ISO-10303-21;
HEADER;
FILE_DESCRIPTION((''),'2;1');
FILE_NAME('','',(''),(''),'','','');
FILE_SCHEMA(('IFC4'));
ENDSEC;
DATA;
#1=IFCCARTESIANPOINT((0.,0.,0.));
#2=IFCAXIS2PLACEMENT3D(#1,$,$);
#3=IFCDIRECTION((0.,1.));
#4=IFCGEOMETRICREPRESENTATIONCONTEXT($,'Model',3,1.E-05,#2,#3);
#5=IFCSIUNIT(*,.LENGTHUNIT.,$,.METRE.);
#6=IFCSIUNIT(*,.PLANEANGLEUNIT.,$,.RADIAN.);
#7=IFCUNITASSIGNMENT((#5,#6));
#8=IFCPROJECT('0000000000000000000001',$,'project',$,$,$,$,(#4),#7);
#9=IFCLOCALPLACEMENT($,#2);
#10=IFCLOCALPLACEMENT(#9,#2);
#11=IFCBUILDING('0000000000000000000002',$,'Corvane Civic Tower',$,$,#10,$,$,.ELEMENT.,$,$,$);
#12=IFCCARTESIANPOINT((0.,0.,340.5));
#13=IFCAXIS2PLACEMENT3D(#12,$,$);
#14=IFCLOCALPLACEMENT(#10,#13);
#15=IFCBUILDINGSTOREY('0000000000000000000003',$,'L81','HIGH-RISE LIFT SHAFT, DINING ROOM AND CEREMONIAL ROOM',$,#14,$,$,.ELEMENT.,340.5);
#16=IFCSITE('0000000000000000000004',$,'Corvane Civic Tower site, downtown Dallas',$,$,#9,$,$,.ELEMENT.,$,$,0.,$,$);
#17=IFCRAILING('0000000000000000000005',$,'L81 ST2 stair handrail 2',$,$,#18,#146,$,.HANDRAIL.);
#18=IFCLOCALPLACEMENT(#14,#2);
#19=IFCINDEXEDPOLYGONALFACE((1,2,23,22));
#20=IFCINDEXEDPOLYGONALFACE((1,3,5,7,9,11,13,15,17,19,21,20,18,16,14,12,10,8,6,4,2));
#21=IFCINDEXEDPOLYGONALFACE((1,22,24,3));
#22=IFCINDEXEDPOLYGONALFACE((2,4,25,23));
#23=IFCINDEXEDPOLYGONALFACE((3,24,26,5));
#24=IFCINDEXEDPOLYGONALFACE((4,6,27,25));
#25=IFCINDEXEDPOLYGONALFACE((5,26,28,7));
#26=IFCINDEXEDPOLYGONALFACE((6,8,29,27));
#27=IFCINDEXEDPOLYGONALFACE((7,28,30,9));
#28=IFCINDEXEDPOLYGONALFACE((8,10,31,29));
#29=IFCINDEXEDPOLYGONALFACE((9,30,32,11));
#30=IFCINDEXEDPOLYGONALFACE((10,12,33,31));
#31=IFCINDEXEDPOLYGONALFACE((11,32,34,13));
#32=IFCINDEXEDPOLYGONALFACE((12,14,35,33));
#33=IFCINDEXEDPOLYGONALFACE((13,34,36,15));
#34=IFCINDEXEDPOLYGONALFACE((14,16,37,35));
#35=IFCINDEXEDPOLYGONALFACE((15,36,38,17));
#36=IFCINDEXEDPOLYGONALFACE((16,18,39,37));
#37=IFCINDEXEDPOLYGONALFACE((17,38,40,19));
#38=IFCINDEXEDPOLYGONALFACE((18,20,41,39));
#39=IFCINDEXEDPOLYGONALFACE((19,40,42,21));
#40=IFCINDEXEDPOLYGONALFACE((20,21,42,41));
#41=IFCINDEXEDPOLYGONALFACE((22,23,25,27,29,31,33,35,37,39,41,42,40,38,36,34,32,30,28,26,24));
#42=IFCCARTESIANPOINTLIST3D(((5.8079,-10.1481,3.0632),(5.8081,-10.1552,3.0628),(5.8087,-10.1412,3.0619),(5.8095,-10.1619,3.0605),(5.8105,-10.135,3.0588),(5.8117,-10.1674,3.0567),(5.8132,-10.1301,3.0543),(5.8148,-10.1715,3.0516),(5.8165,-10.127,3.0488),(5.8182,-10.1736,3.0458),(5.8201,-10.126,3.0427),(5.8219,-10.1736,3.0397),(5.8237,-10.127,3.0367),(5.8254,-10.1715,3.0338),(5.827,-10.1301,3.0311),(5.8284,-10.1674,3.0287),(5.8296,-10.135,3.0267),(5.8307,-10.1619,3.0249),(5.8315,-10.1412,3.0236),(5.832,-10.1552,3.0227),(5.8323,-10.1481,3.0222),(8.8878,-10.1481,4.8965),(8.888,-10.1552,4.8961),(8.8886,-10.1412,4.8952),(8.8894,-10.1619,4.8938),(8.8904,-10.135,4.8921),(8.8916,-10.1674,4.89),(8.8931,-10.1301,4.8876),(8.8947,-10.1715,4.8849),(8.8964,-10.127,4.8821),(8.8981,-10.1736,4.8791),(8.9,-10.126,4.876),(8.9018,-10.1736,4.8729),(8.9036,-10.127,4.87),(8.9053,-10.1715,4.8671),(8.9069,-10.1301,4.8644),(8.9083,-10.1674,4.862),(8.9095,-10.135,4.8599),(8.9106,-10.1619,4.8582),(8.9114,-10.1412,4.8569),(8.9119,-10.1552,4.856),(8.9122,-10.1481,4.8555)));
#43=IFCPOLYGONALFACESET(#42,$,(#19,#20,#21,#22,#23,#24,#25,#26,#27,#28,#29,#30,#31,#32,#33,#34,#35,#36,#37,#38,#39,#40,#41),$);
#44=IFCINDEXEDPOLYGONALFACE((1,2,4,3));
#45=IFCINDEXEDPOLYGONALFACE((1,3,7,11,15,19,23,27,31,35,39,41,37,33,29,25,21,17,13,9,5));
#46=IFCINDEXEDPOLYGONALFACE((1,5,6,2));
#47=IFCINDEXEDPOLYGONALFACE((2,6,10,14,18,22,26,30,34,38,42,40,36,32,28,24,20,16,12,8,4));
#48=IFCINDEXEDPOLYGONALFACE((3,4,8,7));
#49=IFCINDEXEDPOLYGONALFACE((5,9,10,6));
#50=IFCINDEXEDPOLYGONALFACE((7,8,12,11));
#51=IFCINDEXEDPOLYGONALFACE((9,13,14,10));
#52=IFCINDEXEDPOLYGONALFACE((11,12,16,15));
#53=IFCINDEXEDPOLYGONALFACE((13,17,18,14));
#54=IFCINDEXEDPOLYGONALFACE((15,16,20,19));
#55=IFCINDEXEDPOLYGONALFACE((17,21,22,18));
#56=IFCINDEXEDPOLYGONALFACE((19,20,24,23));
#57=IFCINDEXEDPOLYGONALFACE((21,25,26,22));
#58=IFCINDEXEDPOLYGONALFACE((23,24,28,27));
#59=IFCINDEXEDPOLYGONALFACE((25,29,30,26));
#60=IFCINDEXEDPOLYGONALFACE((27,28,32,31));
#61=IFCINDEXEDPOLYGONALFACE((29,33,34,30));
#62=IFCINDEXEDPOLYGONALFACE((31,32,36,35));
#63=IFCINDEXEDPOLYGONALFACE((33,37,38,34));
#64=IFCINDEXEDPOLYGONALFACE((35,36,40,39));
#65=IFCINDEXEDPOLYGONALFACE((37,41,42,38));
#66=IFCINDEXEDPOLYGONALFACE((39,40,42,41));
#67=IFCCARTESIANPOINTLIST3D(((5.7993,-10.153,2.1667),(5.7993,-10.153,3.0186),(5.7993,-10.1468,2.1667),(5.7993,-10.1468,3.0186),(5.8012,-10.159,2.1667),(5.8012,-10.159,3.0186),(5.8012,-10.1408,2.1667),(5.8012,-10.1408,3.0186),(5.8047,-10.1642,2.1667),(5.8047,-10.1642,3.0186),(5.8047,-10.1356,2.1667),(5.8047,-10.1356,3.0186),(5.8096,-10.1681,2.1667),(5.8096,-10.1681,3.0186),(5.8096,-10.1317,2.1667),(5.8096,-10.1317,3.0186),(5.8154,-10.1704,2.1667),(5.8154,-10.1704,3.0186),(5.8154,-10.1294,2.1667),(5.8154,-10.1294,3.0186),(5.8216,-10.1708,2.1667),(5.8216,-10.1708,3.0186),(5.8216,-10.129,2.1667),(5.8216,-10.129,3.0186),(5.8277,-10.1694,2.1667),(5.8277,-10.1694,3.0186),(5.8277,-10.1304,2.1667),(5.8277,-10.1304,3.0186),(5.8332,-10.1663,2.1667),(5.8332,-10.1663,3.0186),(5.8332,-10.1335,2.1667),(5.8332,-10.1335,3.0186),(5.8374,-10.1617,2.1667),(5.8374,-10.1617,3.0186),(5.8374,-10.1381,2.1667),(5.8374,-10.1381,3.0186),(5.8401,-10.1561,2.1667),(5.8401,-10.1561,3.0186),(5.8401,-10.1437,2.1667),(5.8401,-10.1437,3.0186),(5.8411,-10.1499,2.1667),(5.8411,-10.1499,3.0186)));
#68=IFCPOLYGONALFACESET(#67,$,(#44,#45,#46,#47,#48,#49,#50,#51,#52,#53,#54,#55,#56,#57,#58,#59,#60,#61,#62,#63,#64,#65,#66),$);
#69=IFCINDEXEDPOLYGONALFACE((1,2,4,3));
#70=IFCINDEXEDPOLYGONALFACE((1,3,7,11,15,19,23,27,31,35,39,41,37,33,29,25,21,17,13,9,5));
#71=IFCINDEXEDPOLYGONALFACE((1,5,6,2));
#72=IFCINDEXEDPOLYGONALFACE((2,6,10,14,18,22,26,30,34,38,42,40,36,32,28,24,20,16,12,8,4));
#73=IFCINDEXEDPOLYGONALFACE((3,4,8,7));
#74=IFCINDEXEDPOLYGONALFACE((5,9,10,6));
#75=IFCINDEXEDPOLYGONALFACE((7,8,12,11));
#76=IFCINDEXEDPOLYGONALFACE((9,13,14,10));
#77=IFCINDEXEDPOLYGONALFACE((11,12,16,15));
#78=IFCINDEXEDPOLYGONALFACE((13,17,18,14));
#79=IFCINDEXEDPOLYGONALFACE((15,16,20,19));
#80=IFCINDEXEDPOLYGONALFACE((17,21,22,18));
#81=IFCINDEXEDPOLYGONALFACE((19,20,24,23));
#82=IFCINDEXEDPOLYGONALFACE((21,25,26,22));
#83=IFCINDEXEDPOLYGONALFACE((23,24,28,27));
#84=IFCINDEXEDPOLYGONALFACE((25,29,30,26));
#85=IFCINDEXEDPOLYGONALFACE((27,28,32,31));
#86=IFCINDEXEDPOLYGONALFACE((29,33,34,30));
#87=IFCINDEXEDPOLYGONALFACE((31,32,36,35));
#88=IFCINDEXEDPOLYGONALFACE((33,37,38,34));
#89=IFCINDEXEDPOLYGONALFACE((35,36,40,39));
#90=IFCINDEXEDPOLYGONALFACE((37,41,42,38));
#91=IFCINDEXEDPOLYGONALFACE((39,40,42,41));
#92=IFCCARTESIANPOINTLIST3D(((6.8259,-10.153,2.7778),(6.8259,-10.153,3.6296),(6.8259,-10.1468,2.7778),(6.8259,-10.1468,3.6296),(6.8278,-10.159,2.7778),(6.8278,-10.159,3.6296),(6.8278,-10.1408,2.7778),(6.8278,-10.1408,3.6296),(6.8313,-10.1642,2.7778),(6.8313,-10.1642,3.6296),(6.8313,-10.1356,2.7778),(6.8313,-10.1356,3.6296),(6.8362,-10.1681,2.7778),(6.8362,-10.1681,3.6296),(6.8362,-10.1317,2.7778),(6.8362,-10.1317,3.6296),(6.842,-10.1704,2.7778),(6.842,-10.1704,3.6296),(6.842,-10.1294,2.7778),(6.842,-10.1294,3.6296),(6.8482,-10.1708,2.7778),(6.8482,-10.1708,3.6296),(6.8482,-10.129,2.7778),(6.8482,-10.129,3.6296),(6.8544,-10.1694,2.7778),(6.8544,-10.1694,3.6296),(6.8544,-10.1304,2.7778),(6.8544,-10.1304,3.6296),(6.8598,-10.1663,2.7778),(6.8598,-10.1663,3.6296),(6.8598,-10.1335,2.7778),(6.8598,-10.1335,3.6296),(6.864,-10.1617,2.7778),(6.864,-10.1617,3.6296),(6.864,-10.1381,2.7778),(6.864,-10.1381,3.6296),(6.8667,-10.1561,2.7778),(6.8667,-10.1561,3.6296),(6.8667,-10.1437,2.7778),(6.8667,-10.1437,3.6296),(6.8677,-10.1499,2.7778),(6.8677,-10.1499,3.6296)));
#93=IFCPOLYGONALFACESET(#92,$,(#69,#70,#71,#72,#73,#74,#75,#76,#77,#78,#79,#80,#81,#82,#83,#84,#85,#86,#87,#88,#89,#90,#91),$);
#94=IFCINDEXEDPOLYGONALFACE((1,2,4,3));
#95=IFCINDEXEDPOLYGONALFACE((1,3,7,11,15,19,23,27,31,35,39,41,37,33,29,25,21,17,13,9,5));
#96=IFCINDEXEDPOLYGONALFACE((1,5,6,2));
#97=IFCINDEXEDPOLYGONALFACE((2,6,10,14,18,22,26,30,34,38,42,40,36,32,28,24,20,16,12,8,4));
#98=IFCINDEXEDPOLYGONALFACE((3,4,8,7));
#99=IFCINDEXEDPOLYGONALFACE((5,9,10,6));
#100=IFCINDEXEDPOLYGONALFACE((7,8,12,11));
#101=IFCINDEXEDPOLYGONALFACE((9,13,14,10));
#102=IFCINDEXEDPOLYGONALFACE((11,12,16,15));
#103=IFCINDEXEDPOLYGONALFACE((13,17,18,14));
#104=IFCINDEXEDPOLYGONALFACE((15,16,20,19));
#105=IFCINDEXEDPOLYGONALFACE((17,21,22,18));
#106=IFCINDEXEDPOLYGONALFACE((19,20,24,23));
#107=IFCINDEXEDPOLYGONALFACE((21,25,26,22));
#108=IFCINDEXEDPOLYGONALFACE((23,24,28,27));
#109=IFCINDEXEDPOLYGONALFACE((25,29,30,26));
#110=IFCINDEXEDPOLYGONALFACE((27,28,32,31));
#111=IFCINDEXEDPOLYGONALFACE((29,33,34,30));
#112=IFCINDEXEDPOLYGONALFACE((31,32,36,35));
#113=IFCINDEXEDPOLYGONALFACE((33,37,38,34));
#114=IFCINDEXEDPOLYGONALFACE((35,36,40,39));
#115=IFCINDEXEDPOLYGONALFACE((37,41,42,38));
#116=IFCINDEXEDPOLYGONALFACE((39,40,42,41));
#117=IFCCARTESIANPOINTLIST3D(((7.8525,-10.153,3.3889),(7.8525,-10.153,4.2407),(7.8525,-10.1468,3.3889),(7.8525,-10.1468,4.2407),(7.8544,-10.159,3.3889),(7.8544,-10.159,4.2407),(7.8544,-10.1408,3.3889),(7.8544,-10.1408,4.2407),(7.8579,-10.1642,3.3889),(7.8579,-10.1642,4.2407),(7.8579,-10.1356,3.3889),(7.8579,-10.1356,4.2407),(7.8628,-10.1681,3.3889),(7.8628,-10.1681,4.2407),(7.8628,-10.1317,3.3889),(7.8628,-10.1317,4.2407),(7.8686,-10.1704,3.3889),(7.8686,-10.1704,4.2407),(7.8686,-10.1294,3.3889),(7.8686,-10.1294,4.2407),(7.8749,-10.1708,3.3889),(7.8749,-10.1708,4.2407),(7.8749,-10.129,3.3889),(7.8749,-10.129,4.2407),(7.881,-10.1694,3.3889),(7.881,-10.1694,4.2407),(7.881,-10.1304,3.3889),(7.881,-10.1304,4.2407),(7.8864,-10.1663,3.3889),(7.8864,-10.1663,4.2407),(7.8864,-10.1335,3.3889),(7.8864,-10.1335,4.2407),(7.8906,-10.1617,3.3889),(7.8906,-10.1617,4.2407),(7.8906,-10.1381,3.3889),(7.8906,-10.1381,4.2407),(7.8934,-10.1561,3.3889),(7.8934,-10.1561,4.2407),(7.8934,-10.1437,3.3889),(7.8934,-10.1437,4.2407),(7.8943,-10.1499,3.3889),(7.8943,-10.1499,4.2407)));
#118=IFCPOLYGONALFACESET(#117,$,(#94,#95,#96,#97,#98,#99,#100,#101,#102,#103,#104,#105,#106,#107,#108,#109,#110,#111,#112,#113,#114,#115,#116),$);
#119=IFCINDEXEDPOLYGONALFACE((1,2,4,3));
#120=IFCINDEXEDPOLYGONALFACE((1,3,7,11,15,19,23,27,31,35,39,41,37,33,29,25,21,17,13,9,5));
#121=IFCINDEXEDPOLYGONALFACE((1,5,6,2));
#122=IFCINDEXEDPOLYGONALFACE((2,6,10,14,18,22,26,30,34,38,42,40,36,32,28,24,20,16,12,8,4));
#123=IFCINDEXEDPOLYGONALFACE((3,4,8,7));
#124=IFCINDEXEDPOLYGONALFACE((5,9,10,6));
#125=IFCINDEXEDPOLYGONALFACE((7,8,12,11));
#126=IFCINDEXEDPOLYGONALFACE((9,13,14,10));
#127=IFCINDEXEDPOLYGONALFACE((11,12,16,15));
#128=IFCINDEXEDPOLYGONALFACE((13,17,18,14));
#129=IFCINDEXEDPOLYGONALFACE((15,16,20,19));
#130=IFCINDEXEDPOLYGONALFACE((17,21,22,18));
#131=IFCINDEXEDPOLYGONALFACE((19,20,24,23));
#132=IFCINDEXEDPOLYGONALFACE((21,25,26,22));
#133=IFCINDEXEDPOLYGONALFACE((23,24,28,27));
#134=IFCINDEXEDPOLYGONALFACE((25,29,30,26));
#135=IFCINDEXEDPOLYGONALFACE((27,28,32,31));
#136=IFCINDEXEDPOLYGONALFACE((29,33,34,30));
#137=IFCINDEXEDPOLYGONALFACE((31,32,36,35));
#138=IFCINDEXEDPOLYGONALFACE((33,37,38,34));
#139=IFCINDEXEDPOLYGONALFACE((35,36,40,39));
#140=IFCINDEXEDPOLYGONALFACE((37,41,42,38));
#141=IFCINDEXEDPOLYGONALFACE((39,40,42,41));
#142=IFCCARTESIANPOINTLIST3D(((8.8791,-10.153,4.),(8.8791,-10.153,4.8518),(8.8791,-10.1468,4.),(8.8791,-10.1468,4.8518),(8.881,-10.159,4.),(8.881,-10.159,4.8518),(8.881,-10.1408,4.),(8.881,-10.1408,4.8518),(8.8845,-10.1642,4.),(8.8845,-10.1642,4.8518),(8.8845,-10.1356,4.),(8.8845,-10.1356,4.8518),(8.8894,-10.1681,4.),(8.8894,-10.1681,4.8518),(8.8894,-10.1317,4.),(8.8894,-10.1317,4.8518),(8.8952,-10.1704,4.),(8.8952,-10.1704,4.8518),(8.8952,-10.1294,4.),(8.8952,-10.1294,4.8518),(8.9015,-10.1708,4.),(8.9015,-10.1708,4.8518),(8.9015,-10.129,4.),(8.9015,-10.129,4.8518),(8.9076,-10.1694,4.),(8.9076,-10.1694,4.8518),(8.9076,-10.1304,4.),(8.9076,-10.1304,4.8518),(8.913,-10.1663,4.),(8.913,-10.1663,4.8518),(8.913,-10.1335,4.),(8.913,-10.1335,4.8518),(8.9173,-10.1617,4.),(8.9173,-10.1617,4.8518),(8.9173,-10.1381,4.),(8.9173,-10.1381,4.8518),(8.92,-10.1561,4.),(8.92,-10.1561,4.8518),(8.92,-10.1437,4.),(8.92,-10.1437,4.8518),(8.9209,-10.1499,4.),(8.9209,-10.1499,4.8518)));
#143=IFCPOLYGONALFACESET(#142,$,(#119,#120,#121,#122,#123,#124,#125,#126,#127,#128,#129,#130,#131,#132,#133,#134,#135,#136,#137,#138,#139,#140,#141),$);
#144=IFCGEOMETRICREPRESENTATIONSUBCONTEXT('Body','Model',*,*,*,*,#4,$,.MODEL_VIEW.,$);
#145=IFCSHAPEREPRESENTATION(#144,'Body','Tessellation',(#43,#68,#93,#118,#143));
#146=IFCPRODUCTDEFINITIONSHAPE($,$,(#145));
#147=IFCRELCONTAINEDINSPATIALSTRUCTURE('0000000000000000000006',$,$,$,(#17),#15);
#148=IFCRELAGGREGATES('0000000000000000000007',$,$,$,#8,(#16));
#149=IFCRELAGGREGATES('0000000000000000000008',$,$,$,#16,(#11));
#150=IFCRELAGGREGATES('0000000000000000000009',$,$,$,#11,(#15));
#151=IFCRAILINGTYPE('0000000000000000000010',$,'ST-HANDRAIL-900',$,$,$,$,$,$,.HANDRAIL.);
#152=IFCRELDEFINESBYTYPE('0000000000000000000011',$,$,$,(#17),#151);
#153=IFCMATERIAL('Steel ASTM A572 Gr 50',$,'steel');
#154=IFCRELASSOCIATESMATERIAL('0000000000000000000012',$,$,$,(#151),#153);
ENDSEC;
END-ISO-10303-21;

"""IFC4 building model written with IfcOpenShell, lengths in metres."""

from ifc_helpers import new_model, si_unit, direction, frame, origin, origin_2d, place, context, subcontext, project, spatial, circle, extrude, material, type_object, element, save


model = new_model("IFC4")

# Units and contexts
model_context = context("Model", 3, precision=1e-05, world=origin(), true_north=direction((0.0, 1.0)))
body_context = subcontext(model_context, "Body", "Model", "MODEL_VIEW")
ifc_project = project(units=[si_unit("LENGTHUNIT", "METRE"), si_unit("PLANEANGLEUNIT", "RADIAN")], contexts=[model_context])

# Site, building, storey
site_placement = place(None, origin())
site = spatial("IfcSite", under=ifc_project, at=site_placement, Name="Corvane Civic Tower site, downtown Dallas", CompositionType="ELEMENT", RefElevation=0.0)
building_placement = place(site_placement, origin())
building = spatial("IfcBuilding", under=site, at=building_placement, Name="Corvane Civic Tower", CompositionType="ELEMENT")
storey_placement = place(building_placement, frame((0.0, 0.0, 340.5)))
storey = spatial("IfcBuildingStorey", under=building, at=storey_placement, Name="L81", Description="HIGH-RISE LIFT SHAFT, DINING ROOM AND CEREMONIAL ROOM", CompositionType="ELEMENT", Elevation=340.5)

# Railing
ifc_material_1 = material(Name="Steel ASTM A572 Gr 50", Category="steel")
railing_type_1 = type_object("IfcRailingType", Name="ST-HANDRAIL-900", PredefinedType="HANDRAIL", material=ifc_material_1)
railing_1_placement = place(storey_placement, frame((5.8201, -10.1499, 2.1667)))
element("IfcRailing", 1, at=railing_1_placement, inside=storey, type_object=railing_type_1, Name="L81 ST2 stair handrail 2", PredefinedType="HANDRAIL", context=body_context, shape_type="SweptSolid", body=[
    extrude(circle(Radius=0.0239, at=origin_2d()), frame((0.0, 0.0, 0.876), z_axis=(0.859291, 0.0, 0.511487), x_axis=(0.0, 1.0, 0.0)), (0.0, 0.0, 1.0), 3.5842),
    extrude(circle(Radius=0.021, at=origin_2d()), origin(), (0.0, 0.0, 1.0), 0.8518),
    extrude(circle(Radius=0.021, at=origin_2d()), frame((1.0266, 0.0, 0.6111)), (0.0, 0.0, 1.0), 0.8518),
    extrude(circle(Radius=0.021, at=origin_2d()), frame((2.0532, 0.0, 1.2222)), (0.0, 0.0, 1.0), 0.8518),
    extrude(circle(Radius=0.021, at=origin_2d()), frame((3.0798, 0.0, 1.8333)), (0.0, 0.0, 1.0), 0.8518),
])

save(model, "model.ifc")
